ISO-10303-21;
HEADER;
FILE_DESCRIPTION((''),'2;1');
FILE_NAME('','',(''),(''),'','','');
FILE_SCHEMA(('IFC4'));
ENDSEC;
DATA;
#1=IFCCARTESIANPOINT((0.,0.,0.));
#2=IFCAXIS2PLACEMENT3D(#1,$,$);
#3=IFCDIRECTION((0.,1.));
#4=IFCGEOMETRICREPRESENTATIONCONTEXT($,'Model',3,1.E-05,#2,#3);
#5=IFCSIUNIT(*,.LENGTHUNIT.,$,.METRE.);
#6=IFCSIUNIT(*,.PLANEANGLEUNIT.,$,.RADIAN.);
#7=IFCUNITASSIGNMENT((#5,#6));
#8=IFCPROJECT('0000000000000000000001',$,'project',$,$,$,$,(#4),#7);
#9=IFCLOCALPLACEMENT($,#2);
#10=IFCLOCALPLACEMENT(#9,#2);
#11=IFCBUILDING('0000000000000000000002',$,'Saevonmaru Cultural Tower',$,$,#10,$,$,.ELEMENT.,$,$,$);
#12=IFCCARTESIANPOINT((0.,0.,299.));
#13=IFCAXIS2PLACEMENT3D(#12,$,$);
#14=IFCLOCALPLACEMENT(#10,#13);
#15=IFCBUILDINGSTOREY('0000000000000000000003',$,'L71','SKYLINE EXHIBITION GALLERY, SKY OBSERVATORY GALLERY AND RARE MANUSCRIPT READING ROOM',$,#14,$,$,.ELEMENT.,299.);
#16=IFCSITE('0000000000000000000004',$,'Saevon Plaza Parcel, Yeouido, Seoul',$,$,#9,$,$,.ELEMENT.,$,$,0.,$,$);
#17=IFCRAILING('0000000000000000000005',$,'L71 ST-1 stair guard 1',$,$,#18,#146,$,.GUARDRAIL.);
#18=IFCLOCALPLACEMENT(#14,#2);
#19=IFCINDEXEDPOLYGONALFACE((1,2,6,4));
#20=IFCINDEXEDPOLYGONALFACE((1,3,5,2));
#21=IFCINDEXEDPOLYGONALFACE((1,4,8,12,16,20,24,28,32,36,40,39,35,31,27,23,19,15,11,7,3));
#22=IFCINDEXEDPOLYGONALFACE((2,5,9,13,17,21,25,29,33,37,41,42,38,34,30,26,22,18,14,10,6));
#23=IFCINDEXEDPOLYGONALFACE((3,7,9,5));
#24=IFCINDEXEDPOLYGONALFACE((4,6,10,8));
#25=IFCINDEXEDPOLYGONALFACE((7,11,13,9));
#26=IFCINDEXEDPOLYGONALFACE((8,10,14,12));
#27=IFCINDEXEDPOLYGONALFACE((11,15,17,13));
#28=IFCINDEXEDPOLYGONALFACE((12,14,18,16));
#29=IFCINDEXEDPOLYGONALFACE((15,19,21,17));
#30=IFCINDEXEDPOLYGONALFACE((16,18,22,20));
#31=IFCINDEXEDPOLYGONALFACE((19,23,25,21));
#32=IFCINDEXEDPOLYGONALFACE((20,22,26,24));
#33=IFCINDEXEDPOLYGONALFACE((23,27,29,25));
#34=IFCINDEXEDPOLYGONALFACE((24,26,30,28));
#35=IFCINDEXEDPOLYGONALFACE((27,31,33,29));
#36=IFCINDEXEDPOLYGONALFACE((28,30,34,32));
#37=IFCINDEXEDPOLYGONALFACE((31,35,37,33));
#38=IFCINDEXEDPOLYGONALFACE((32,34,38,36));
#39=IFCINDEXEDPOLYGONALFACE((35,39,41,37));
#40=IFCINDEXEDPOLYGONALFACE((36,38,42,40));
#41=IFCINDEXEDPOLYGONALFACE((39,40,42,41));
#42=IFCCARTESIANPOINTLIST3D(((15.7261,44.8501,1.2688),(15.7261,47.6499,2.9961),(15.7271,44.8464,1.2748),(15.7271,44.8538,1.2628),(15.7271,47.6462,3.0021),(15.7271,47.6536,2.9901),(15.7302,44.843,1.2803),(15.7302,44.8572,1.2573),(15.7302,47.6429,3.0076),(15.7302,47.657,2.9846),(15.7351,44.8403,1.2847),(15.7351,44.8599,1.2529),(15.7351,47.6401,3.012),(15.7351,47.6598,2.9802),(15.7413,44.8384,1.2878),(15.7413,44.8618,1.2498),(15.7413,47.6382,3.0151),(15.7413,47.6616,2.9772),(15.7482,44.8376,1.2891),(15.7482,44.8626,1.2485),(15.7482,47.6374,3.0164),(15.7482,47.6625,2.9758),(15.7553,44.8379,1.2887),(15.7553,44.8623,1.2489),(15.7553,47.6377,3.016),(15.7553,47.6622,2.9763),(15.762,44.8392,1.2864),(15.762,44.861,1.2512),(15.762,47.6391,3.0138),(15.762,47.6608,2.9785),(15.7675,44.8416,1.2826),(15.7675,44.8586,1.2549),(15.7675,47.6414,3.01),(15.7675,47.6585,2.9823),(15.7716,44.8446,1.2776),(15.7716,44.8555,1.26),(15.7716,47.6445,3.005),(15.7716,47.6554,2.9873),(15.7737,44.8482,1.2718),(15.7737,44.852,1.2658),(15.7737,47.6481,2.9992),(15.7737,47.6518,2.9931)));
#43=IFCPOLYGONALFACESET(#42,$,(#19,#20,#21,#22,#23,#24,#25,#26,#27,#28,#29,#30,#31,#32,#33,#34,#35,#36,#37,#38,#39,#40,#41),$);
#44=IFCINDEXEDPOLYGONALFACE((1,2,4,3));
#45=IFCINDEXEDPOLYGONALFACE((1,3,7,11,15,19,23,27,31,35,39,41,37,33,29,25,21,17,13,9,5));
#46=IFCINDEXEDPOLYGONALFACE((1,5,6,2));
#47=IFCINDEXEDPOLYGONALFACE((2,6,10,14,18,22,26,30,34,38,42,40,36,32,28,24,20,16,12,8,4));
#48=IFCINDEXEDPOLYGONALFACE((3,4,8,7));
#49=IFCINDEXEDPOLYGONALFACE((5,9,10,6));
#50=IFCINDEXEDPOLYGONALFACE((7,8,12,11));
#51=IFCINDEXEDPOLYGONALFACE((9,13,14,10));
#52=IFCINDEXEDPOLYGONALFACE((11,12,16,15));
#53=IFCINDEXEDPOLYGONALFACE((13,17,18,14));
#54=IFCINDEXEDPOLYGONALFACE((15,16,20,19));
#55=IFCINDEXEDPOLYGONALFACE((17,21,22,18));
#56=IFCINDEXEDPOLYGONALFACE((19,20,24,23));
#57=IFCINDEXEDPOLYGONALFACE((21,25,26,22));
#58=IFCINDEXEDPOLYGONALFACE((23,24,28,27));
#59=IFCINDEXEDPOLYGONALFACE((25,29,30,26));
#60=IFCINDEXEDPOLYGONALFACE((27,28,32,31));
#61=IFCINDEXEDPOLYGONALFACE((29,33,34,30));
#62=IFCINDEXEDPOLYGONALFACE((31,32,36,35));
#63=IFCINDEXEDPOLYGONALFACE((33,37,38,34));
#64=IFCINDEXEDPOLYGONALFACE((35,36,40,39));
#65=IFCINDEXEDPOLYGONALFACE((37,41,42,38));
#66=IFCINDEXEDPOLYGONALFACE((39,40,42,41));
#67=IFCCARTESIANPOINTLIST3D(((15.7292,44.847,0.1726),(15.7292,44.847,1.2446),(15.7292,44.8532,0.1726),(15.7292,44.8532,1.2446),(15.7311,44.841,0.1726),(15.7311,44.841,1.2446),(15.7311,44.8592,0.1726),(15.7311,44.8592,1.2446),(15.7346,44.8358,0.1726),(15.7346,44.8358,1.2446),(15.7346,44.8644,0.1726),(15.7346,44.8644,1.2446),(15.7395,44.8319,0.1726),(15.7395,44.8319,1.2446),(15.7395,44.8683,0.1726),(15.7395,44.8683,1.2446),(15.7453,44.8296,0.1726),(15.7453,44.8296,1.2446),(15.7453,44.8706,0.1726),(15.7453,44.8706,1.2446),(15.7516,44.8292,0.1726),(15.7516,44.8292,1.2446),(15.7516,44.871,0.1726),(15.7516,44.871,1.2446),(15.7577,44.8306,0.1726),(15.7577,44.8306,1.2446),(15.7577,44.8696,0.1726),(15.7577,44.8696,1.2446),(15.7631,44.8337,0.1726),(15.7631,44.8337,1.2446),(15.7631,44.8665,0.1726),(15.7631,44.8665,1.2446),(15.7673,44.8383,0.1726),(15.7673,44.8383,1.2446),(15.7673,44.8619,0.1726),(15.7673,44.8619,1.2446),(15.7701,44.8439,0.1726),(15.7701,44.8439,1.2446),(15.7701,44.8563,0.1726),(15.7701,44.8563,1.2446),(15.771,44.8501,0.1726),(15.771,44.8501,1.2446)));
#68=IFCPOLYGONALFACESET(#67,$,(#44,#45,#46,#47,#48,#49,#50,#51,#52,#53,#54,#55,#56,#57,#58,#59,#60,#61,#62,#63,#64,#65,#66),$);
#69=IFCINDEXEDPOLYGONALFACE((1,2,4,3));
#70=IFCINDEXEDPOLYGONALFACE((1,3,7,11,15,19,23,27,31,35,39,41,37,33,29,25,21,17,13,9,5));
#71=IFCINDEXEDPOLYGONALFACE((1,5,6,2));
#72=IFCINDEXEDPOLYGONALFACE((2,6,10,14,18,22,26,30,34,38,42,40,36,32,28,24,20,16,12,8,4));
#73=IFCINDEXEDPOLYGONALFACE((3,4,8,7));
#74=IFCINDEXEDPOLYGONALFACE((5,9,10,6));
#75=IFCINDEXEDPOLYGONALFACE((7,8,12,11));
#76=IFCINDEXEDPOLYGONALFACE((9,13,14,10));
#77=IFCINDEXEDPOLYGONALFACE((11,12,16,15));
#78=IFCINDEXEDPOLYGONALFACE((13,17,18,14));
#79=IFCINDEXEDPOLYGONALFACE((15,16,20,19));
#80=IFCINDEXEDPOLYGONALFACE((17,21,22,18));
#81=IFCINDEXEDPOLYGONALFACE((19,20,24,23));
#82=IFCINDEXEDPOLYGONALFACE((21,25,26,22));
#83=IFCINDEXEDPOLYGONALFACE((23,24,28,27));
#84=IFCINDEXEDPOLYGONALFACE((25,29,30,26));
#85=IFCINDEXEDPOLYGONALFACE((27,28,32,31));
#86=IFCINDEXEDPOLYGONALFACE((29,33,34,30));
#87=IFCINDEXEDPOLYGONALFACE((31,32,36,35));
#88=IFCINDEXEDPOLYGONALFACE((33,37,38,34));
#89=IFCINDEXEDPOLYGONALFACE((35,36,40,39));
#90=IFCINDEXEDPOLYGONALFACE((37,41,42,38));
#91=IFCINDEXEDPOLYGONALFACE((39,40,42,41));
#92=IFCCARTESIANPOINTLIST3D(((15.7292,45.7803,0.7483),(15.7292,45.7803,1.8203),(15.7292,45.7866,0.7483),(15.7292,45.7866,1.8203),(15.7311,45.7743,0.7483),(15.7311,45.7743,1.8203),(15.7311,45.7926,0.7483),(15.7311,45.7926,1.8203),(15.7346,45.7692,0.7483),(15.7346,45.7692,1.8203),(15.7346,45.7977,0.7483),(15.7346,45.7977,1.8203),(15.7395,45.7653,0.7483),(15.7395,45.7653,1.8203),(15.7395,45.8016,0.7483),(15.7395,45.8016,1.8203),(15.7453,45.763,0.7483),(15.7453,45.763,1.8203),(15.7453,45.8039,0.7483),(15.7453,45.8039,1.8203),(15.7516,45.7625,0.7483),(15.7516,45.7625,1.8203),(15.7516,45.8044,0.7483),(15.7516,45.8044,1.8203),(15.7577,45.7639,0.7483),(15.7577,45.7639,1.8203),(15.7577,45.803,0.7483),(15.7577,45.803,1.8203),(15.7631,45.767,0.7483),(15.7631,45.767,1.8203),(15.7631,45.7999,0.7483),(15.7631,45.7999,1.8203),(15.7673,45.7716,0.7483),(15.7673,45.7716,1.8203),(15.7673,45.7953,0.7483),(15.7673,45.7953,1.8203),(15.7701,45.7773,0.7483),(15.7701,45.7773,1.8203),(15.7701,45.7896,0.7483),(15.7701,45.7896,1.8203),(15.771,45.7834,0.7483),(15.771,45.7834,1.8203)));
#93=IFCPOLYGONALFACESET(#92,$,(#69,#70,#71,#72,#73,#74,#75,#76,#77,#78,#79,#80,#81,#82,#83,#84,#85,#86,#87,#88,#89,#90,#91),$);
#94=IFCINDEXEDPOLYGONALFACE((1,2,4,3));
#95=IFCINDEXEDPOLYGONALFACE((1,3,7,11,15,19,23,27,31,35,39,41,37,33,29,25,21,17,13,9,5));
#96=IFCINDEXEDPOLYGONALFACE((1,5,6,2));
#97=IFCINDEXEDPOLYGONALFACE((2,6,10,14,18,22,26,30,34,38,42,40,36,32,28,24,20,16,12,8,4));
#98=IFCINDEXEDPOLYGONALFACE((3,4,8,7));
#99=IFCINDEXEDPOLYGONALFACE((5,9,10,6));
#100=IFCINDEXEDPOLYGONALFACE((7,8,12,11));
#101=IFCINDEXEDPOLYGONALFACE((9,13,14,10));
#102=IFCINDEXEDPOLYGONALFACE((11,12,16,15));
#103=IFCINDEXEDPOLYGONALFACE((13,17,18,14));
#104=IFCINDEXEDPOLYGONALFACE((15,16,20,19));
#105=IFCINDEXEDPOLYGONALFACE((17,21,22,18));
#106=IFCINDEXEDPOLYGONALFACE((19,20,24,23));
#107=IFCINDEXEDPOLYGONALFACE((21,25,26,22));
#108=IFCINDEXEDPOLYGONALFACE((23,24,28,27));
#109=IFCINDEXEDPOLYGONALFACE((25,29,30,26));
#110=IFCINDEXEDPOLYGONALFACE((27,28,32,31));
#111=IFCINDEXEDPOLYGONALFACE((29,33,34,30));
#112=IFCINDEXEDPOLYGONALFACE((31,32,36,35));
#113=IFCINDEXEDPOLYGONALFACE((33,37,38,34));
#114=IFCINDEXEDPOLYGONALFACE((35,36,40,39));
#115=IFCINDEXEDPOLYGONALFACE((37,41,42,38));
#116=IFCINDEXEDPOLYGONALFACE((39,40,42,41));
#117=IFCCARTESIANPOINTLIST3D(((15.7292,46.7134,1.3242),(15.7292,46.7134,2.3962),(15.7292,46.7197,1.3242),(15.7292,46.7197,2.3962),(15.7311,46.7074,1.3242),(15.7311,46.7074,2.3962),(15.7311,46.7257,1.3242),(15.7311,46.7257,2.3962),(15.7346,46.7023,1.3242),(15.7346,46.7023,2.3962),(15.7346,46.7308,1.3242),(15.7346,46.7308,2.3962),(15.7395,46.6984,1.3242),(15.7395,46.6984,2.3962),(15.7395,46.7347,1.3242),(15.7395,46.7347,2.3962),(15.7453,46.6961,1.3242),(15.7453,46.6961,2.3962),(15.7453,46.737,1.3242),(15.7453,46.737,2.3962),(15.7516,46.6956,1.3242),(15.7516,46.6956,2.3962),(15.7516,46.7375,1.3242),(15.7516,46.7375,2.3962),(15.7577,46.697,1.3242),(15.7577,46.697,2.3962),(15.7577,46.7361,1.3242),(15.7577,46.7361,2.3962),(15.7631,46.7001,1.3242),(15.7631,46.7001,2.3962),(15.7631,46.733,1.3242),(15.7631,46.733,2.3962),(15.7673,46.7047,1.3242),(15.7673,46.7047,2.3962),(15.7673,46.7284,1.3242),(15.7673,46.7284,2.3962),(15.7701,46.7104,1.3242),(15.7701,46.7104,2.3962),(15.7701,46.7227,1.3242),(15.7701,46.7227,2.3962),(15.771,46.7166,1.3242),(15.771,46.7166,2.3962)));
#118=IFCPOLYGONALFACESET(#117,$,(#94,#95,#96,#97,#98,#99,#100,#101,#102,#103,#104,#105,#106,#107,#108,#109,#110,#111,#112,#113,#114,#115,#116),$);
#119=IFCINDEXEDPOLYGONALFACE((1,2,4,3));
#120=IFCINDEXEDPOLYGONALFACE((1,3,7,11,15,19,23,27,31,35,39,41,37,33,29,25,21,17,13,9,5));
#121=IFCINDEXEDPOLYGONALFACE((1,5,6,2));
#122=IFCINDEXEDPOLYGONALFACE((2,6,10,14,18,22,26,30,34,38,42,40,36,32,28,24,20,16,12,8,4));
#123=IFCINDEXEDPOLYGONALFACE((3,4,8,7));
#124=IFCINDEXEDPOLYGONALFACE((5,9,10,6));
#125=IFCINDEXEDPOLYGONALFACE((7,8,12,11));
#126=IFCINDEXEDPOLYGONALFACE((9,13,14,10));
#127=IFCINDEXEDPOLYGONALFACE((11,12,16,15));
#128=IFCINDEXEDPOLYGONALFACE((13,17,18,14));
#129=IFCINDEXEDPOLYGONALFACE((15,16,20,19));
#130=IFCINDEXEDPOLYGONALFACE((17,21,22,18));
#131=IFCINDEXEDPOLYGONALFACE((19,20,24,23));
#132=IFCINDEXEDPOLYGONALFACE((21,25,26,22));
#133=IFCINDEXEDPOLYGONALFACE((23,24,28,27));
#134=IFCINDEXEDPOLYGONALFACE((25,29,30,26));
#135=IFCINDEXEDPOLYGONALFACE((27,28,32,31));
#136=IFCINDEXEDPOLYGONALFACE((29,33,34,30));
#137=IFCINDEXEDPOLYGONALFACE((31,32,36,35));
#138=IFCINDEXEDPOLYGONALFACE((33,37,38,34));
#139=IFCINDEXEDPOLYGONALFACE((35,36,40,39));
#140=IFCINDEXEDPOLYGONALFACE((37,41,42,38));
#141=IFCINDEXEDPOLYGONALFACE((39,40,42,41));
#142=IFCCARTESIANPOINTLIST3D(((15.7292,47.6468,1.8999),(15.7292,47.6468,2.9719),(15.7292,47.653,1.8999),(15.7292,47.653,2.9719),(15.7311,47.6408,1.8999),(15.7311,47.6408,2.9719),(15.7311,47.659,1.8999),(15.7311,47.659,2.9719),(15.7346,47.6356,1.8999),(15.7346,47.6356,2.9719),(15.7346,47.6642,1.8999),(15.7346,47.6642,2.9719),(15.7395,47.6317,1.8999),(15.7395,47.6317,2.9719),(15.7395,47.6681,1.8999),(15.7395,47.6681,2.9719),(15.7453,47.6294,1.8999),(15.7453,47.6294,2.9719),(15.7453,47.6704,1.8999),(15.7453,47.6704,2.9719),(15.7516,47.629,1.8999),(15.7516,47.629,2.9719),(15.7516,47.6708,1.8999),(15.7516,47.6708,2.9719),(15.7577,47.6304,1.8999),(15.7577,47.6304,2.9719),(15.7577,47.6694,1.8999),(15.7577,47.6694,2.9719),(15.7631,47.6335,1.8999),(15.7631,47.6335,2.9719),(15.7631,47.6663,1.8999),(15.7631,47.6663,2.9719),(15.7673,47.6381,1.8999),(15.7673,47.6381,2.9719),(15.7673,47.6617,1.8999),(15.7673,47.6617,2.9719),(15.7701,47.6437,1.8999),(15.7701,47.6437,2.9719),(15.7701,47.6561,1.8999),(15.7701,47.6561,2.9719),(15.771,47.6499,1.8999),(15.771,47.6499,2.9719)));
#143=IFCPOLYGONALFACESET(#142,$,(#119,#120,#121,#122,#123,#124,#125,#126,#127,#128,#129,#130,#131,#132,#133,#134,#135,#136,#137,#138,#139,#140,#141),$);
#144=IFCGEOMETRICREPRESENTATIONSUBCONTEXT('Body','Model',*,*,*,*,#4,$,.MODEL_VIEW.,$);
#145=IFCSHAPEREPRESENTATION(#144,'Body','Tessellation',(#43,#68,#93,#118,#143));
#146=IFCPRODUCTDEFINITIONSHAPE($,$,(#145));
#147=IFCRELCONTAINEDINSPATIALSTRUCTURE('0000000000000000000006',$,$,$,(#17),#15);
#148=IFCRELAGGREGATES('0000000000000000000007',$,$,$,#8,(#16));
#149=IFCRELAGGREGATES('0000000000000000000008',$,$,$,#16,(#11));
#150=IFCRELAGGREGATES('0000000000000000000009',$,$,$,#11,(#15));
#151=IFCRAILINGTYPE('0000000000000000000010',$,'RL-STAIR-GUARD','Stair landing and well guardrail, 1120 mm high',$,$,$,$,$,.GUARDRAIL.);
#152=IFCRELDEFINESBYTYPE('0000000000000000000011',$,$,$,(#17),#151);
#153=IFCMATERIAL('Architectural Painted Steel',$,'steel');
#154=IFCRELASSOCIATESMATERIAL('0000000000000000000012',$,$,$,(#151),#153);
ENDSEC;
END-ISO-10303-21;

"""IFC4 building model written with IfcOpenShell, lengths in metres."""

from ifc_helpers import new_model, si_unit, direction, frame, origin, origin_2d, place, context, subcontext, project, spatial, circle, extrude, material, type_object, element, save


model = new_model("IFC4")

# Units and contexts
model_context = context("Model", 3, precision=1e-05, world=origin(), true_north=direction((0.0, 1.0)))
body_context = subcontext(model_context, "Body", "Model", "MODEL_VIEW")
ifc_project = project(units=[si_unit("LENGTHUNIT", "METRE"), si_unit("PLANEANGLEUNIT", "RADIAN")], contexts=[model_context])

# Site, building, storey
site_placement = place(None, origin())
site = spatial("IfcSite", under=ifc_project, at=site_placement, Name="Saevon Plaza Parcel, Yeouido, Seoul", CompositionType="ELEMENT", RefElevation=0.0)
building_placement = place(site_placement, origin())
building = spatial("IfcBuilding", under=site, at=building_placement, Name="Saevonmaru Cultural Tower", CompositionType="ELEMENT")
storey_placement = place(building_placement, frame((0.0, 0.0, 299.0)))
storey = spatial("IfcBuildingStorey", under=building, at=storey_placement, Name="L71", Description="SKYLINE EXHIBITION GALLERY, SKY OBSERVATORY GALLERY AND RARE MANUSCRIPT READING ROOM", CompositionType="ELEMENT", Elevation=299.0)

# Railing
ifc_material_1 = material(Name="Architectural Painted Steel", Category="steel")
railing_type_1 = type_object("IfcRailingType", Name="RL-STAIR-GUARD", Description="Stair landing and well guardrail, 1120 mm high", PredefinedType="GUARDRAIL", material=ifc_material_1)
railing_1_placement = place(storey_placement, frame((15.75, 44.8501, 0.1726)))
element("IfcRailing", 1, at=railing_1_placement, inside=storey, type_object=railing_type_1, Name="L71 ST-1 stair guard 1", PredefinedType="GUARDRAIL", context=body_context, shape_type="SweptSolid", body=[
    extrude(circle(Radius=0.0239, at=origin_2d()), frame((0.0, 0.0, 1.0962), z_axis=(0.0, 0.851069, 0.525054), x_axis=(-1.0, 0.0, 0.0)), (0.0, 0.0, 1.0), 3.2898),
    extrude(circle(Radius=0.021, at=origin_2d()), origin(), (0.0, 0.0, 1.0), 1.072),
    extrude(circle(Radius=0.021, at=origin_2d()), frame((0.0, 0.9333, 0.5757)), (0.0, 0.0, 1.0), 1.072),
    extrude(circle(Radius=0.021, at=origin_2d()), frame((0.0, 1.8665, 1.1516)), (0.0, 0.0, 1.0), 1.072),
    extrude(circle(Radius=0.021, at=origin_2d()), frame((0.0, 2.7998, 1.7273)), (0.0, 0.0, 1.0), 1.072),
])

save(model, "model.ifc")
